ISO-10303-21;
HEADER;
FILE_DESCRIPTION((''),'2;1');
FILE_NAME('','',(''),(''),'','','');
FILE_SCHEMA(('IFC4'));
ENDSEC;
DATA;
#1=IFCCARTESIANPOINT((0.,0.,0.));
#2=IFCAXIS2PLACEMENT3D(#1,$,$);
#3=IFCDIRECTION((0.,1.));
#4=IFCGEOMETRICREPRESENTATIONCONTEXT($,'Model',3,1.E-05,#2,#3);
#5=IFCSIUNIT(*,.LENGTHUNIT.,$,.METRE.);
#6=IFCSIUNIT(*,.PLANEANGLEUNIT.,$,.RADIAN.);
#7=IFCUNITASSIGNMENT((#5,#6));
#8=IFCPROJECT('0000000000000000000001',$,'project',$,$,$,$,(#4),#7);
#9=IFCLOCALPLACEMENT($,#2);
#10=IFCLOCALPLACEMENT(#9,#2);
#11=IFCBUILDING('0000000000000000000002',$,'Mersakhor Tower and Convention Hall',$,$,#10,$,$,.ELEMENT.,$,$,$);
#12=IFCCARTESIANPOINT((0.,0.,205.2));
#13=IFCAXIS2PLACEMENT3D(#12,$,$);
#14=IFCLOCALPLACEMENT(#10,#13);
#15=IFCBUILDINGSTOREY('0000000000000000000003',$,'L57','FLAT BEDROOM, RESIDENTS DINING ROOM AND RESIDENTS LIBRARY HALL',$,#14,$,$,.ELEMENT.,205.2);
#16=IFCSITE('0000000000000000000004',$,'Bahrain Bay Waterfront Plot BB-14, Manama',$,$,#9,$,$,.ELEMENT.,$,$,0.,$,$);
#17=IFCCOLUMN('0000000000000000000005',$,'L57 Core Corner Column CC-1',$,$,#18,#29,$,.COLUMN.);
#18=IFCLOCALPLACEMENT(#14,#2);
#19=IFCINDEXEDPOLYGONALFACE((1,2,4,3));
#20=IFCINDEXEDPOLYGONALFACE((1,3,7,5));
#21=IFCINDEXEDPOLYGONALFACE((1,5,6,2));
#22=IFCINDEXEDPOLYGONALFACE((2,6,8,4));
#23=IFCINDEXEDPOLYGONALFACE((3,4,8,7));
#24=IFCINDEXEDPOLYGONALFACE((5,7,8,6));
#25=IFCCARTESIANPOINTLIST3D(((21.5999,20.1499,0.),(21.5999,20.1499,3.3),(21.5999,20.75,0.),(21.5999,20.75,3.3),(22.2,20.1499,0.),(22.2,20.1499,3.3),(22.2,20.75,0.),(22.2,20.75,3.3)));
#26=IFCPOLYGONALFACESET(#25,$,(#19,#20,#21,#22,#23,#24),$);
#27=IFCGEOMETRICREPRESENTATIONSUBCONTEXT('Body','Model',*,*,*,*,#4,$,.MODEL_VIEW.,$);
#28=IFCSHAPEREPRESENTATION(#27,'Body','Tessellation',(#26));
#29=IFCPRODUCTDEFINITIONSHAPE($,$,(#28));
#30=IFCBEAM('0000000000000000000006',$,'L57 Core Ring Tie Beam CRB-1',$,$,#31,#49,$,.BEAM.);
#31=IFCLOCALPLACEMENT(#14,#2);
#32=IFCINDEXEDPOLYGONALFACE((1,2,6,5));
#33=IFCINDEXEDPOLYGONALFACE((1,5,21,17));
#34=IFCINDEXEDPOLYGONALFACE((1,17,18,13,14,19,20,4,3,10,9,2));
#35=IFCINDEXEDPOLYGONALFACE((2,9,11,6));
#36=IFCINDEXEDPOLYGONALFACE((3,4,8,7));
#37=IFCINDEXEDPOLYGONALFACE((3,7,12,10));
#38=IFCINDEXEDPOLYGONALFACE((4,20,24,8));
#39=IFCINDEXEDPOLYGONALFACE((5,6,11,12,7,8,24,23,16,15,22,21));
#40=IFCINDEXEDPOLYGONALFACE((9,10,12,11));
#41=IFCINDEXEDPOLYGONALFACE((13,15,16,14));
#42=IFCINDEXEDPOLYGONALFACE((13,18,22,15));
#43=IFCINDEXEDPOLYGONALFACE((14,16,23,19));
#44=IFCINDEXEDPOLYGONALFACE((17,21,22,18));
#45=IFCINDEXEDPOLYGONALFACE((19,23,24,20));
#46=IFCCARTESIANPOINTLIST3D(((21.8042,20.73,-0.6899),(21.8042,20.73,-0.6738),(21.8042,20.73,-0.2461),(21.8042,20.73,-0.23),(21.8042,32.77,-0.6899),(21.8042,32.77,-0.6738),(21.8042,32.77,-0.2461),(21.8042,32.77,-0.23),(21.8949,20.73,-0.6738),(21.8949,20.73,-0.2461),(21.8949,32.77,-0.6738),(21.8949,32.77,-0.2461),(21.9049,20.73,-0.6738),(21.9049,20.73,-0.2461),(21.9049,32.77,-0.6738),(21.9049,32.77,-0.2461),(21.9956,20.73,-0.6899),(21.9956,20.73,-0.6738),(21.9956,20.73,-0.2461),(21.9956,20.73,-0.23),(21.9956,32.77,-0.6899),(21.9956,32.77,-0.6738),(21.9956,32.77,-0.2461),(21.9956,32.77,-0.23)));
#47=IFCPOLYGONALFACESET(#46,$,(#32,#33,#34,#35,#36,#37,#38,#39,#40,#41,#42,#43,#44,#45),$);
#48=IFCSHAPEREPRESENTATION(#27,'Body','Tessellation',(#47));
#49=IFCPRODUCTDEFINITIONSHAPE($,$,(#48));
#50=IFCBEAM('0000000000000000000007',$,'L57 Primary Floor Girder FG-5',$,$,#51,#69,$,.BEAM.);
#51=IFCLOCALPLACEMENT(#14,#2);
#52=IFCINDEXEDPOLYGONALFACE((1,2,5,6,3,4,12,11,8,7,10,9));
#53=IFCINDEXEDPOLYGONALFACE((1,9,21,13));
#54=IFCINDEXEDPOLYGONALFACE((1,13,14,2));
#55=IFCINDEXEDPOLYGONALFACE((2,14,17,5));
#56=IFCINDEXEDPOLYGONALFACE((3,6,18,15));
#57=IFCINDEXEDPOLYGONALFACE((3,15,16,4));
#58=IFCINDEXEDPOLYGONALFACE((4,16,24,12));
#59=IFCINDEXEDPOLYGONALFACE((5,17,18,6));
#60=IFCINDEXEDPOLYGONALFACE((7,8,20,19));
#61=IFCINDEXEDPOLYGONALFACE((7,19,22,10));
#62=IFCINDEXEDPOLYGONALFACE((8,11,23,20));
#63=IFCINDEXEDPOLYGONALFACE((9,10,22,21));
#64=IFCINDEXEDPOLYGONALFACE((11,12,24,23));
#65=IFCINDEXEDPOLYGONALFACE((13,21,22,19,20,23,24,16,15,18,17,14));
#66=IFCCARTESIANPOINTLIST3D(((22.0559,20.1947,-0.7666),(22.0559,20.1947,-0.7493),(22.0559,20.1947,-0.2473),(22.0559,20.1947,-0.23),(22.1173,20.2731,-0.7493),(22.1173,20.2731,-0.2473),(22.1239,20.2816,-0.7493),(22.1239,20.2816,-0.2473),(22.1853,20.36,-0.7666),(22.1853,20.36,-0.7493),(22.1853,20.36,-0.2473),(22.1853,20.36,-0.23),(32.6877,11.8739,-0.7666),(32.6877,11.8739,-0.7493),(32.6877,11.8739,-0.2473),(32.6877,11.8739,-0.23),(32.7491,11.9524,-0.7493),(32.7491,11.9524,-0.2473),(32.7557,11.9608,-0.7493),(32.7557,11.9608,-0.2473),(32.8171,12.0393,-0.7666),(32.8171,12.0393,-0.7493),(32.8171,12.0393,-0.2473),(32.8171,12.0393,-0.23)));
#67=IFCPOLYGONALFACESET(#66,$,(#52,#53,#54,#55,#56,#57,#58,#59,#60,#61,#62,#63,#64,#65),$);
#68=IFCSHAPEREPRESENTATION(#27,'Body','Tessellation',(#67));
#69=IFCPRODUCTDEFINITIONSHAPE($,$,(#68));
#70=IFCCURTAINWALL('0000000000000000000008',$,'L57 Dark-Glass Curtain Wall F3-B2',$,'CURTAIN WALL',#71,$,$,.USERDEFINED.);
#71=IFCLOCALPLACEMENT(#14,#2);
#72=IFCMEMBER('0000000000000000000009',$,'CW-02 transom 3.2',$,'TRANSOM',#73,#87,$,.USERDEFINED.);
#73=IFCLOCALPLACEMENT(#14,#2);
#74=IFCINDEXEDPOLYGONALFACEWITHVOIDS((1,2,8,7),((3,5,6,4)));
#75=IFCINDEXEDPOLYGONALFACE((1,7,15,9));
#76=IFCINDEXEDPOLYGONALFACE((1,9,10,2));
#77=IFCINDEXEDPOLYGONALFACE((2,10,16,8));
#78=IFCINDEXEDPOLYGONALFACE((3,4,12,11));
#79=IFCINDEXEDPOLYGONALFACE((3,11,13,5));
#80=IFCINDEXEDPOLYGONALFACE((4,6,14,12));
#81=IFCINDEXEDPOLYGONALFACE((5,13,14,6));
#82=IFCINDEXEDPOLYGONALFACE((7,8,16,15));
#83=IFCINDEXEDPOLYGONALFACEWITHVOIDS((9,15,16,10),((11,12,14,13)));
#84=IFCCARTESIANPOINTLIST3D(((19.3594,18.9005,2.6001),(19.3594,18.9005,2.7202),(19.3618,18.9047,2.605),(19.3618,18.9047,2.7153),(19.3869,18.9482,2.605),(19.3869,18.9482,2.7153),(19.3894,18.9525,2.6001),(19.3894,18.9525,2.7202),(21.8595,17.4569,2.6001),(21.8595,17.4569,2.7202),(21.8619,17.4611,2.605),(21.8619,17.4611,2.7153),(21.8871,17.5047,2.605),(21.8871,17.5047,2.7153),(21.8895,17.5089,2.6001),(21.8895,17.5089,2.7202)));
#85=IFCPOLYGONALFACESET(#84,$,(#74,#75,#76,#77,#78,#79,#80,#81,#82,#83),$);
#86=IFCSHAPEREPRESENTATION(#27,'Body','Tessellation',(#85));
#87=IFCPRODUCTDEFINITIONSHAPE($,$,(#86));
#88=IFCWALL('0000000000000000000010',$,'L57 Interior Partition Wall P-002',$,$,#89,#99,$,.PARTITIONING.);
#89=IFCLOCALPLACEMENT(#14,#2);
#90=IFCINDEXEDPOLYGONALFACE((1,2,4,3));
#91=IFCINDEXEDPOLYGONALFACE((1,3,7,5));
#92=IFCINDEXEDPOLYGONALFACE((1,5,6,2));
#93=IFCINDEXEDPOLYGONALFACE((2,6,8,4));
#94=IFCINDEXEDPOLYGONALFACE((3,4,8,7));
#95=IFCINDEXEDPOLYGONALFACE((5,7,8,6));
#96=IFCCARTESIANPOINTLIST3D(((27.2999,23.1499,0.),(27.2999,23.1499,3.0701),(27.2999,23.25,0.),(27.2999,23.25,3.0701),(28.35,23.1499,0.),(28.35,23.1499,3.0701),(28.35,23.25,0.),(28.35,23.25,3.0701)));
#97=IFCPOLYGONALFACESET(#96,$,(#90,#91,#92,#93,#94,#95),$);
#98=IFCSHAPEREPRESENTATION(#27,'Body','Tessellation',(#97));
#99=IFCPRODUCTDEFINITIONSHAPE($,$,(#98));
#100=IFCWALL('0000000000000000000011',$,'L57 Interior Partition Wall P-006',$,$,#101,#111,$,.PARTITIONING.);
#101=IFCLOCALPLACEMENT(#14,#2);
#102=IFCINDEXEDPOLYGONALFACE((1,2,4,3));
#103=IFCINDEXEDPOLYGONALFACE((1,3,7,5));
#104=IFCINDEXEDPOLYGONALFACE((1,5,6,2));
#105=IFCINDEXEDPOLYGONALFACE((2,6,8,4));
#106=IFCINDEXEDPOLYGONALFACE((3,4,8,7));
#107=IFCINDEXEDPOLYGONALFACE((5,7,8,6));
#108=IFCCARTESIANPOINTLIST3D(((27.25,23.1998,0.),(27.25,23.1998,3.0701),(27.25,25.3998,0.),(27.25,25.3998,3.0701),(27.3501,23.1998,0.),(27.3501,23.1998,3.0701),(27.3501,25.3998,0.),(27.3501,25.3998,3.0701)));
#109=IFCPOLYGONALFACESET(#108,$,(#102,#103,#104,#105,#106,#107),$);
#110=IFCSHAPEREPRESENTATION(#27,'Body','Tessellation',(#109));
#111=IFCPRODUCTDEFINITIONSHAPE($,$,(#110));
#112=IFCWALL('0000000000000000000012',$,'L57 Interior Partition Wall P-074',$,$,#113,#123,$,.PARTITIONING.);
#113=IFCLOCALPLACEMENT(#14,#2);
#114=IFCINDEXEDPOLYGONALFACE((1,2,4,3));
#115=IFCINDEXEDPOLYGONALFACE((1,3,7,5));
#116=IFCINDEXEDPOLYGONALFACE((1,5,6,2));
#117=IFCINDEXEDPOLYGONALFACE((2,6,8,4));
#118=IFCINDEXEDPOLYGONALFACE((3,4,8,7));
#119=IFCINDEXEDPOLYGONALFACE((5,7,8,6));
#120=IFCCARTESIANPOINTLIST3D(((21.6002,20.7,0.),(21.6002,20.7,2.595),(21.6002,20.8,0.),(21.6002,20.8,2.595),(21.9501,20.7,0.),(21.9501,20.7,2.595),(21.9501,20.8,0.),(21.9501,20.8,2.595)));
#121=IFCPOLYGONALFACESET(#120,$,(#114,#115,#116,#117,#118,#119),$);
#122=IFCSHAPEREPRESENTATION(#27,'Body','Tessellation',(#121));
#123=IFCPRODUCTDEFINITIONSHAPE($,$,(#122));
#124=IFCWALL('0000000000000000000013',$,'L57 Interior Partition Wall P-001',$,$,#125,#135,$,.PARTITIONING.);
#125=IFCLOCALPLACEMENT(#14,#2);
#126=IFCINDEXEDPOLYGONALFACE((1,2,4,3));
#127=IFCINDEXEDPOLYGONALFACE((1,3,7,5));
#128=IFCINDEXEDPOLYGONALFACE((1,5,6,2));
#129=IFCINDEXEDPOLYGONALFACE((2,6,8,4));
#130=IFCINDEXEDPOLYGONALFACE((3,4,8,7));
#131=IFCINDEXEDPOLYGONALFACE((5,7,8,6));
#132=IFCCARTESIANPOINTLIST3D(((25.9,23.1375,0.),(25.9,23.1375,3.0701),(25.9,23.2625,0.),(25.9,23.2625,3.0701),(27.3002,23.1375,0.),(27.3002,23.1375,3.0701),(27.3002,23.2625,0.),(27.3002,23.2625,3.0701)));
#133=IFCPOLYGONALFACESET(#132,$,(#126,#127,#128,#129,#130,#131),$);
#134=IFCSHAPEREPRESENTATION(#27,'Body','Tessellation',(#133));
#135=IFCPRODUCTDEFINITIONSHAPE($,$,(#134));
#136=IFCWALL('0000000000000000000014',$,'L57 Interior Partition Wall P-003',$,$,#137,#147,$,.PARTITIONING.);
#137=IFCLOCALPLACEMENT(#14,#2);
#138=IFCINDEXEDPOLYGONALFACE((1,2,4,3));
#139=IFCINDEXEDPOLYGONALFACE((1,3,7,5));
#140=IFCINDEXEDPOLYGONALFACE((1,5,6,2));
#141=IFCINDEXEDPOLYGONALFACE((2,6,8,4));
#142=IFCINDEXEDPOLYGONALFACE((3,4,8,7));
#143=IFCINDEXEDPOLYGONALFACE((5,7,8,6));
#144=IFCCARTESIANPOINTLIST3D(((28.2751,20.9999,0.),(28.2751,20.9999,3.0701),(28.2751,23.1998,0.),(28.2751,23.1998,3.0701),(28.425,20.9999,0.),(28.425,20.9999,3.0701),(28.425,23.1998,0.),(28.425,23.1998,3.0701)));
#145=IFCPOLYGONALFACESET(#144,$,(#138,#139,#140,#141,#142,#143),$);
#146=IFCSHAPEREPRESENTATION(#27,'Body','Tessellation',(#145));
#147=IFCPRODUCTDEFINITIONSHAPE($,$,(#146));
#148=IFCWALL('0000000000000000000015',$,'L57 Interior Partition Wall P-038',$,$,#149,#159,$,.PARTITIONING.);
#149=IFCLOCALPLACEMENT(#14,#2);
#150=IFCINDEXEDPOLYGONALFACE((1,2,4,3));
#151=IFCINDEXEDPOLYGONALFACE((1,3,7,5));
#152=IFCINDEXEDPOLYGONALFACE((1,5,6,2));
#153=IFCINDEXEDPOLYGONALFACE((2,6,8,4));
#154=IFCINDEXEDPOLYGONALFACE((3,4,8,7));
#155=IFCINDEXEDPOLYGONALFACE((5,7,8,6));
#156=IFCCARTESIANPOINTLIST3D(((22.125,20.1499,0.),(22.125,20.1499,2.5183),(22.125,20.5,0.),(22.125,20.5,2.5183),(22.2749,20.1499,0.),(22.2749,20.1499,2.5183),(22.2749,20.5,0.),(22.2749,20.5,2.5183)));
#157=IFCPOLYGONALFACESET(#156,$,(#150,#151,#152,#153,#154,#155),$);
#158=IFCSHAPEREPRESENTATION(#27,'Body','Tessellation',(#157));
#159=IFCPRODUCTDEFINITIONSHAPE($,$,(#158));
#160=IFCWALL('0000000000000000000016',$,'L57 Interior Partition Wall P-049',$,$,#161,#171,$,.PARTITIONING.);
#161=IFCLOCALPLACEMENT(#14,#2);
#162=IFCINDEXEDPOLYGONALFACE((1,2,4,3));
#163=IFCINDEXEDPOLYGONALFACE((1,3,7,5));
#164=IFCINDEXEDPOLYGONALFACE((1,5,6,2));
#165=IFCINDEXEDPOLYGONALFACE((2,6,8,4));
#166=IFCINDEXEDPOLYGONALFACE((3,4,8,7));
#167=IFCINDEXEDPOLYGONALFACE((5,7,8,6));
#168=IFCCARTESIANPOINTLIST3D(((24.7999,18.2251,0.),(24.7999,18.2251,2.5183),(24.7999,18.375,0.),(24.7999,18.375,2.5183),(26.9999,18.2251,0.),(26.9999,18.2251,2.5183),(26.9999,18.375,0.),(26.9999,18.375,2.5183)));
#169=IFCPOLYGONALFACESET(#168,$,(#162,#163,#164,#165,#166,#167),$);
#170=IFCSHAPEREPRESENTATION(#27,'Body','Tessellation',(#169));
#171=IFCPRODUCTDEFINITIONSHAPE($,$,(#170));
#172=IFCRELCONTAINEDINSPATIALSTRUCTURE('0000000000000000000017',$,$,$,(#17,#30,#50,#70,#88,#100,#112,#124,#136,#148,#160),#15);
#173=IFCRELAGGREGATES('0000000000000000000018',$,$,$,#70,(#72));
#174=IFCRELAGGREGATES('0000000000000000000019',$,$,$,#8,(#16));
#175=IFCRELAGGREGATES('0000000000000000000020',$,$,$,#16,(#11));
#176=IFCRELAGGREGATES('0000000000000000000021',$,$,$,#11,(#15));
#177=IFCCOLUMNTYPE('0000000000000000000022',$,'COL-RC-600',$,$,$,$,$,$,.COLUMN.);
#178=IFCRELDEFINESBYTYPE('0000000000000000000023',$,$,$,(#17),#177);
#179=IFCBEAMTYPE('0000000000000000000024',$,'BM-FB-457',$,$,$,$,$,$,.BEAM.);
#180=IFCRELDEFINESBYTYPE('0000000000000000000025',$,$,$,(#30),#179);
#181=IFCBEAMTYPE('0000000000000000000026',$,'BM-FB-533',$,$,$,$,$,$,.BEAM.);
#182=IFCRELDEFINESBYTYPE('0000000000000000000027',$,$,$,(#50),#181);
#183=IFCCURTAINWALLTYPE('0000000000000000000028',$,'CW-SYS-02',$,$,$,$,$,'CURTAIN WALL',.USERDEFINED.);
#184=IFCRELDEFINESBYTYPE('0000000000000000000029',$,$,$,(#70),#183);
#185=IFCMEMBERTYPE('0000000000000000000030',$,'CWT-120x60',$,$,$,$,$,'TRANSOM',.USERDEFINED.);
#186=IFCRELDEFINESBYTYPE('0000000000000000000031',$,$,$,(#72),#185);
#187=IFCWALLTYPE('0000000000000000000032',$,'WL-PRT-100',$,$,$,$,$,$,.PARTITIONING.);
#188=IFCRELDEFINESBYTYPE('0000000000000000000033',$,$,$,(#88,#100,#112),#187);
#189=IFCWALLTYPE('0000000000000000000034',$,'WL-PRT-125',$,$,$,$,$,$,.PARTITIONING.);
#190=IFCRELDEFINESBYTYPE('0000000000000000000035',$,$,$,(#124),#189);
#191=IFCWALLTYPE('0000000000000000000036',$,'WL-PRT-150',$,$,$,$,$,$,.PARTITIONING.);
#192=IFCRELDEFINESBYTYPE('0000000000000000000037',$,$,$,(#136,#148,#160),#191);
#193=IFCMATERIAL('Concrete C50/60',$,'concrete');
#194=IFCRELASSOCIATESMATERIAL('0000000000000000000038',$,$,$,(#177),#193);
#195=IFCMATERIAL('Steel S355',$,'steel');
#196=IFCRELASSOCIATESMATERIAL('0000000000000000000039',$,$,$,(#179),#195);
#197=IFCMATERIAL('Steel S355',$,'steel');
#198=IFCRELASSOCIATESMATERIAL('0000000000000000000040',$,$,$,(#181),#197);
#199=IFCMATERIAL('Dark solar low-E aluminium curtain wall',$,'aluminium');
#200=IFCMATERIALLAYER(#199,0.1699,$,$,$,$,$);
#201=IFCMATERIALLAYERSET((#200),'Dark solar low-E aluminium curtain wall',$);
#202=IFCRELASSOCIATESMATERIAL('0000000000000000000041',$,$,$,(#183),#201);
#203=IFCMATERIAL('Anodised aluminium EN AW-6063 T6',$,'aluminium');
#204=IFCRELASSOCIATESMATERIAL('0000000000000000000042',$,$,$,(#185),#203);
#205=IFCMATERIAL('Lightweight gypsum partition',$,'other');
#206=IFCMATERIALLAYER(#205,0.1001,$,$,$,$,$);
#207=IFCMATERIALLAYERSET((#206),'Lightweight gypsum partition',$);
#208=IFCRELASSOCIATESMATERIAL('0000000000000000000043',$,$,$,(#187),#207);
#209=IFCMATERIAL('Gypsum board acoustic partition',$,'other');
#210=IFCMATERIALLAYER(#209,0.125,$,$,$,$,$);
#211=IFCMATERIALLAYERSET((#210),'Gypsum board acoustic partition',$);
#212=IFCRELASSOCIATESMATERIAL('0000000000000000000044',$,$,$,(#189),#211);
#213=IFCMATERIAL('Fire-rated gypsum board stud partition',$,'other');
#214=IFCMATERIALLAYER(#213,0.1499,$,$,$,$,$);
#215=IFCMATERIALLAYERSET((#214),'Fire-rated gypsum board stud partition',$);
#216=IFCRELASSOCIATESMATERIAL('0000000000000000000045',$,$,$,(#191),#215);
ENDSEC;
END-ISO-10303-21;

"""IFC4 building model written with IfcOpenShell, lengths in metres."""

from ifc_helpers import new_model, si_unit, direction, frame, frame_2d, origin, origin_2d, place, context, subcontext, project, spatial, rectangle, hollow_rectangle, i_section, extrude, material, layer, layer_set, material_profile, profile_set, type_object, element, aggregate, save


model = new_model("IFC4")

# Units and contexts
model_context = context("Model", 3, precision=1e-05, world=origin(), true_north=direction((0.0, 1.0)))
body_context = subcontext(model_context, "Body", "Model", "MODEL_VIEW")
ifc_project = project(units=[si_unit("LENGTHUNIT", "METRE"), si_unit("PLANEANGLEUNIT", "RADIAN")], contexts=[model_context])

# Site, building, storey
site_placement = place(None, origin())
site = spatial("IfcSite", under=ifc_project, at=site_placement, Name="Bahrain Bay Waterfront Plot BB-14, Manama", CompositionType="ELEMENT", RefElevation=0.0)
building_placement = place(site_placement, origin())
building = spatial("IfcBuilding", under=site, at=building_placement, Name="Mersakhor Tower and Convention Hall", CompositionType="ELEMENT")
storey_placement = place(building_placement, frame((0.0, 0.0, 205.2)))
storey = spatial("IfcBuildingStorey", under=building, at=storey_placement, Name="L57", Description="FLAT BEDROOM, RESIDENTS DINING ROOM AND RESIDENTS LIBRARY HALL", CompositionType="ELEMENT", Elevation=205.2)

# Column
ifc_material_1 = material(Name="Concrete C50/60", Category="concrete")
ifc_material_profile_1 = material_profile(ifc_material_1, rectangle(XDim=0.6001, YDim=0.6001, at=origin_2d()), Name="RC 600x600")
ifc_profile_set_1 = profile_set([ifc_material_profile_1], Name="Concrete C50/60")
column_type = type_object("IfcColumnType", Name="COL-RC-600", PredefinedType="COLUMN", material=ifc_profile_set_1)
column_placement = place(storey_placement, frame((21.8999, 20.45, 0.0), z_axis=(0.0, 0.0, 1.0), x_axis=(1.0, 0.0, 0.0)))
element("IfcColumn", 1, at=column_placement, inside=storey, type_object=column_type, Name="L57 Core Corner Column CC-1", PredefinedType="COLUMN", context=body_context, shape_type="SweptSolid", body=[
    extrude(rectangle(XDim=0.6001, YDim=0.6001, at=origin_2d()), origin(), (0.0, 0.0, 1.0), 3.3),
])

# Beams
ifc_material_2 = material(Name="Steel S355", Category="steel")
ifc_material_profile_2 = material_profile(ifc_material_2, i_section(OverallWidth=0.1914, OverallDepth=0.46, WebThickness=0.01, FlangeThickness=0.0161, at=origin_2d()), Name="UB 457x191x82")
ifc_profile_set_2 = profile_set([ifc_material_profile_2], Name="Steel S355")
beam_type_1 = type_object("IfcBeamType", Name="BM-FB-457", PredefinedType="BEAM", material=ifc_profile_set_2)
beam_1_placement = place(storey_placement, frame((21.8999, 20.73, -0.46), z_axis=(0.0, 1.0, 0.0), x_axis=(-1.0, 0.0, 0.0)))
element("IfcBeam", 2, at=beam_1_placement, inside=storey, type_object=beam_type_1, Name="L57 Core Ring Tie Beam CRB-1", PredefinedType="BEAM", context=body_context, shape_type="SweptSolid", body=[
    extrude(i_section(OverallWidth=0.1914, OverallDepth=0.46, WebThickness=0.01, FlangeThickness=0.0161, at=origin_2d()), origin(), (0.0, 0.0, 1.0), 12.04),
])
ifc_material_3 = material(Name="Steel S355", Category="steel")
ifc_material_profile_3 = material_profile(ifc_material_3, i_section(OverallWidth=0.21, OverallDepth=0.5366, WebThickness=0.0107, FlangeThickness=0.0173, at=origin_2d()), Name="UB 533x210x101")
ifc_profile_set_3 = profile_set([ifc_material_profile_3], Name="Steel S355")
beam_type_2 = type_object("IfcBeamType", Name="BM-FB-533", PredefinedType="BEAM", material=ifc_profile_set_3)
beam_2_placement = place(storey_placement, frame((22.1206, 20.2773, -0.4983), z_axis=(0.787497, -0.616319, 0.0), x_axis=(0.616319, 0.787497, 0.0)))
element("IfcBeam", 3, at=beam_2_placement, inside=storey, type_object=beam_type_2, Name="L57 Primary Floor Girder FG-5", PredefinedType="BEAM", context=body_context, shape_type="SweptSolid", body=[
    extrude(i_section(OverallWidth=0.21, OverallDepth=0.5366, WebThickness=0.0107, FlangeThickness=0.0173, at=origin_2d()), origin(), (0.0, 0.0, 1.0), 13.5007),
])

# Curtain wall, member
ifc_material_4 = material(Name="Dark solar low-E aluminium curtain wall", Category="aluminium")
ifc_layer_1 = layer(ifc_material_4, 0.1699)
ifc_layer_set_1 = layer_set([ifc_layer_1], Name="Dark solar low-E aluminium curtain wall")
curtain_wall_type = type_object("IfcCurtainWallType", Name="CW-SYS-02", ElementType="CURTAIN WALL", PredefinedType="USERDEFINED", material=ifc_layer_set_1)
curtain_wall_placement = place(storey_placement, origin())
curtain_wall = element("IfcCurtainWall", 4, at=curtain_wall_placement, inside=storey, type_object=curtain_wall_type, Name="L57 Dark-Glass Curtain Wall F3-B2", ObjectType="CURTAIN WALL", PredefinedType="USERDEFINED")
ifc_material_5 = material(Name="Anodised aluminium EN AW-6063 T6", Category="aluminium")
ifc_material_profile_4 = material_profile(ifc_material_5, hollow_rectangle(XDim=0.0601, YDim=0.1201, WallThickness=0.0049, at=origin_2d()), Name="RHS 120x60x5")
ifc_profile_set_4 = profile_set([ifc_material_profile_4], Name="Anodised aluminium EN AW-6063 T6")
member_type = type_object("IfcMemberType", Name="CWT-120x60", ElementType="TRANSOM", PredefinedType="USERDEFINED", material=ifc_profile_set_4)
member_placement = place(storey_placement, frame((21.8745, 17.4829, 2.6602), z_axis=(-0.866012, 0.500023, 0.0), x_axis=(-0.500023, -0.866012, 0.0)))
member = element("IfcMember", 5, at=member_placement, type_object=member_type, Name="CW-02 transom 3.2", ObjectType="TRANSOM", PredefinedType="USERDEFINED", context=body_context, shape_type="SweptSolid", body=[
    extrude(hollow_rectangle(XDim=0.0601, YDim=0.1201, WallThickness=0.0049, at=origin_2d()), origin(), (0.0, 0.0, 1.0), 2.887),
])
aggregate(curtain_wall, [member])

# Walls
ifc_material_6 = material(Name="Lightweight gypsum partition", Category="other")
ifc_layer_2 = layer(ifc_material_6, 0.1001)
ifc_layer_set_2 = layer_set([ifc_layer_2], Name="Lightweight gypsum partition")
wall_type_1 = type_object("IfcWallType", Name="WL-PRT-100", PredefinedType="PARTITIONING", material=ifc_layer_set_2)
wall_1_placement = place(storey_placement, frame((27.3, 23.2, 0.0), z_axis=(0.0, 0.0, 1.0), x_axis=(1.0, 0.0, 0.0)))
element("IfcWall", 6, at=wall_1_placement, inside=storey, type_object=wall_type_1, Name="L57 Interior Partition Wall P-002", PredefinedType="PARTITIONING", context=body_context, shape_type="SweptSolid", body=[
    extrude(rectangle(XDim=1.05, YDim=0.1001, at=frame_2d((0.5249, 0.0))), origin(), (0.0, 0.0, 1.0), 3.0701),
])
wall_2_placement = place(storey_placement, frame((27.3, 25.3999, 0.0), z_axis=(0.0, 0.0, 1.0), x_axis=(0.0, -1.0, 0.0)))
element("IfcWall", 7, at=wall_2_placement, inside=storey, type_object=wall_type_1, Name="L57 Interior Partition Wall P-006", PredefinedType="PARTITIONING", context=body_context, shape_type="SweptSolid", body=[
    extrude(rectangle(XDim=2.2, YDim=0.1001, at=frame_2d((1.1001, 0.0))), origin(), (0.0, 0.0, 1.0), 3.0701),
])
wall_3_placement = place(storey_placement, frame((21.95, 20.75, 0.0), z_axis=(0.0, 0.0, 1.0), x_axis=(-1.0, 0.0, 0.0)))
element("IfcWall", 8, at=wall_3_placement, inside=storey, type_object=wall_type_1, Name="L57 Interior Partition Wall P-074", PredefinedType="PARTITIONING", context=body_context, shape_type="SweptSolid", body=[
    extrude(rectangle(XDim=0.3499, YDim=0.1001, at=frame_2d((0.1748, 0.0))), origin(), (0.0, 0.0, 1.0), 2.595),
])
ifc_material_7 = material(Name="Gypsum board acoustic partition", Category="other")
ifc_layer_3 = layer(ifc_material_7, 0.125)
ifc_layer_set_3 = layer_set([ifc_layer_3], Name="Gypsum board acoustic partition")
wall_type_2 = type_object("IfcWallType", Name="WL-PRT-125", PredefinedType="PARTITIONING", material=ifc_layer_set_3)
wall_4_placement = place(storey_placement, frame((25.8999, 23.2, 0.0), z_axis=(0.0, 0.0, 1.0), x_axis=(1.0, 0.0, 0.0)))
element("IfcWall", 9, at=wall_4_placement, inside=storey, type_object=wall_type_2, Name="L57 Interior Partition Wall P-001", PredefinedType="PARTITIONING", context=body_context, shape_type="SweptSolid", body=[
    extrude(rectangle(XDim=1.4001, YDim=0.125, at=frame_2d((0.7002, 0.0))), origin(), (0.0, 0.0, 1.0), 3.0701),
])
ifc_material_8 = material(Name="Fire-rated gypsum board stud partition", Category="other")
ifc_layer_4 = layer(ifc_material_8, 0.1499)
ifc_layer_set_4 = layer_set([ifc_layer_4], Name="Fire-rated gypsum board stud partition")
wall_type_3 = type_object("IfcWallType", Name="WL-PRT-150", PredefinedType="PARTITIONING", material=ifc_layer_set_4)
wall_5_placement = place(storey_placement, frame((28.3501, 23.2, 0.0), z_axis=(0.0, 0.0, 1.0), x_axis=(0.0, -1.0, 0.0)))
element("IfcWall", 10, at=wall_5_placement, inside=storey, type_object=wall_type_3, Name="L57 Interior Partition Wall P-003", PredefinedType="PARTITIONING", context=body_context, shape_type="SweptSolid", body=[
    extrude(rectangle(XDim=2.2, YDim=0.1499, at=frame_2d((1.1001, 0.0))), origin(), (0.0, 0.0, 1.0), 3.0701),
])
wall_6_placement = place(storey_placement, frame((22.2, 20.1499, 0.0), z_axis=(0.0, 0.0, 1.0), x_axis=(0.0, 1.0, 0.0)))
element("IfcWall", 11, at=wall_6_placement, inside=storey, type_object=wall_type_3, Name="L57 Interior Partition Wall P-038", PredefinedType="PARTITIONING", context=body_context, shape_type="SweptSolid", body=[
    extrude(rectangle(XDim=0.3501, YDim=0.1499, at=frame_2d((0.175, 0.0))), origin(), (0.0, 0.0, 1.0), 2.5183),
])
wall_7_placement = place(storey_placement, frame((27.0, 18.3, 0.0), z_axis=(0.0, 0.0, 1.0), x_axis=(-1.0, 0.0, 0.0)))
element("IfcWall", 12, at=wall_7_placement, inside=storey, type_object=wall_type_3, Name="L57 Interior Partition Wall P-049", PredefinedType="PARTITIONING", context=body_context, shape_type="SweptSolid", body=[
    extrude(rectangle(XDim=2.2, YDim=0.1499, at=frame_2d((1.1001, 0.0))), origin(), (0.0, 0.0, 1.0), 2.5183),
])

save(model, "model.ifc")
